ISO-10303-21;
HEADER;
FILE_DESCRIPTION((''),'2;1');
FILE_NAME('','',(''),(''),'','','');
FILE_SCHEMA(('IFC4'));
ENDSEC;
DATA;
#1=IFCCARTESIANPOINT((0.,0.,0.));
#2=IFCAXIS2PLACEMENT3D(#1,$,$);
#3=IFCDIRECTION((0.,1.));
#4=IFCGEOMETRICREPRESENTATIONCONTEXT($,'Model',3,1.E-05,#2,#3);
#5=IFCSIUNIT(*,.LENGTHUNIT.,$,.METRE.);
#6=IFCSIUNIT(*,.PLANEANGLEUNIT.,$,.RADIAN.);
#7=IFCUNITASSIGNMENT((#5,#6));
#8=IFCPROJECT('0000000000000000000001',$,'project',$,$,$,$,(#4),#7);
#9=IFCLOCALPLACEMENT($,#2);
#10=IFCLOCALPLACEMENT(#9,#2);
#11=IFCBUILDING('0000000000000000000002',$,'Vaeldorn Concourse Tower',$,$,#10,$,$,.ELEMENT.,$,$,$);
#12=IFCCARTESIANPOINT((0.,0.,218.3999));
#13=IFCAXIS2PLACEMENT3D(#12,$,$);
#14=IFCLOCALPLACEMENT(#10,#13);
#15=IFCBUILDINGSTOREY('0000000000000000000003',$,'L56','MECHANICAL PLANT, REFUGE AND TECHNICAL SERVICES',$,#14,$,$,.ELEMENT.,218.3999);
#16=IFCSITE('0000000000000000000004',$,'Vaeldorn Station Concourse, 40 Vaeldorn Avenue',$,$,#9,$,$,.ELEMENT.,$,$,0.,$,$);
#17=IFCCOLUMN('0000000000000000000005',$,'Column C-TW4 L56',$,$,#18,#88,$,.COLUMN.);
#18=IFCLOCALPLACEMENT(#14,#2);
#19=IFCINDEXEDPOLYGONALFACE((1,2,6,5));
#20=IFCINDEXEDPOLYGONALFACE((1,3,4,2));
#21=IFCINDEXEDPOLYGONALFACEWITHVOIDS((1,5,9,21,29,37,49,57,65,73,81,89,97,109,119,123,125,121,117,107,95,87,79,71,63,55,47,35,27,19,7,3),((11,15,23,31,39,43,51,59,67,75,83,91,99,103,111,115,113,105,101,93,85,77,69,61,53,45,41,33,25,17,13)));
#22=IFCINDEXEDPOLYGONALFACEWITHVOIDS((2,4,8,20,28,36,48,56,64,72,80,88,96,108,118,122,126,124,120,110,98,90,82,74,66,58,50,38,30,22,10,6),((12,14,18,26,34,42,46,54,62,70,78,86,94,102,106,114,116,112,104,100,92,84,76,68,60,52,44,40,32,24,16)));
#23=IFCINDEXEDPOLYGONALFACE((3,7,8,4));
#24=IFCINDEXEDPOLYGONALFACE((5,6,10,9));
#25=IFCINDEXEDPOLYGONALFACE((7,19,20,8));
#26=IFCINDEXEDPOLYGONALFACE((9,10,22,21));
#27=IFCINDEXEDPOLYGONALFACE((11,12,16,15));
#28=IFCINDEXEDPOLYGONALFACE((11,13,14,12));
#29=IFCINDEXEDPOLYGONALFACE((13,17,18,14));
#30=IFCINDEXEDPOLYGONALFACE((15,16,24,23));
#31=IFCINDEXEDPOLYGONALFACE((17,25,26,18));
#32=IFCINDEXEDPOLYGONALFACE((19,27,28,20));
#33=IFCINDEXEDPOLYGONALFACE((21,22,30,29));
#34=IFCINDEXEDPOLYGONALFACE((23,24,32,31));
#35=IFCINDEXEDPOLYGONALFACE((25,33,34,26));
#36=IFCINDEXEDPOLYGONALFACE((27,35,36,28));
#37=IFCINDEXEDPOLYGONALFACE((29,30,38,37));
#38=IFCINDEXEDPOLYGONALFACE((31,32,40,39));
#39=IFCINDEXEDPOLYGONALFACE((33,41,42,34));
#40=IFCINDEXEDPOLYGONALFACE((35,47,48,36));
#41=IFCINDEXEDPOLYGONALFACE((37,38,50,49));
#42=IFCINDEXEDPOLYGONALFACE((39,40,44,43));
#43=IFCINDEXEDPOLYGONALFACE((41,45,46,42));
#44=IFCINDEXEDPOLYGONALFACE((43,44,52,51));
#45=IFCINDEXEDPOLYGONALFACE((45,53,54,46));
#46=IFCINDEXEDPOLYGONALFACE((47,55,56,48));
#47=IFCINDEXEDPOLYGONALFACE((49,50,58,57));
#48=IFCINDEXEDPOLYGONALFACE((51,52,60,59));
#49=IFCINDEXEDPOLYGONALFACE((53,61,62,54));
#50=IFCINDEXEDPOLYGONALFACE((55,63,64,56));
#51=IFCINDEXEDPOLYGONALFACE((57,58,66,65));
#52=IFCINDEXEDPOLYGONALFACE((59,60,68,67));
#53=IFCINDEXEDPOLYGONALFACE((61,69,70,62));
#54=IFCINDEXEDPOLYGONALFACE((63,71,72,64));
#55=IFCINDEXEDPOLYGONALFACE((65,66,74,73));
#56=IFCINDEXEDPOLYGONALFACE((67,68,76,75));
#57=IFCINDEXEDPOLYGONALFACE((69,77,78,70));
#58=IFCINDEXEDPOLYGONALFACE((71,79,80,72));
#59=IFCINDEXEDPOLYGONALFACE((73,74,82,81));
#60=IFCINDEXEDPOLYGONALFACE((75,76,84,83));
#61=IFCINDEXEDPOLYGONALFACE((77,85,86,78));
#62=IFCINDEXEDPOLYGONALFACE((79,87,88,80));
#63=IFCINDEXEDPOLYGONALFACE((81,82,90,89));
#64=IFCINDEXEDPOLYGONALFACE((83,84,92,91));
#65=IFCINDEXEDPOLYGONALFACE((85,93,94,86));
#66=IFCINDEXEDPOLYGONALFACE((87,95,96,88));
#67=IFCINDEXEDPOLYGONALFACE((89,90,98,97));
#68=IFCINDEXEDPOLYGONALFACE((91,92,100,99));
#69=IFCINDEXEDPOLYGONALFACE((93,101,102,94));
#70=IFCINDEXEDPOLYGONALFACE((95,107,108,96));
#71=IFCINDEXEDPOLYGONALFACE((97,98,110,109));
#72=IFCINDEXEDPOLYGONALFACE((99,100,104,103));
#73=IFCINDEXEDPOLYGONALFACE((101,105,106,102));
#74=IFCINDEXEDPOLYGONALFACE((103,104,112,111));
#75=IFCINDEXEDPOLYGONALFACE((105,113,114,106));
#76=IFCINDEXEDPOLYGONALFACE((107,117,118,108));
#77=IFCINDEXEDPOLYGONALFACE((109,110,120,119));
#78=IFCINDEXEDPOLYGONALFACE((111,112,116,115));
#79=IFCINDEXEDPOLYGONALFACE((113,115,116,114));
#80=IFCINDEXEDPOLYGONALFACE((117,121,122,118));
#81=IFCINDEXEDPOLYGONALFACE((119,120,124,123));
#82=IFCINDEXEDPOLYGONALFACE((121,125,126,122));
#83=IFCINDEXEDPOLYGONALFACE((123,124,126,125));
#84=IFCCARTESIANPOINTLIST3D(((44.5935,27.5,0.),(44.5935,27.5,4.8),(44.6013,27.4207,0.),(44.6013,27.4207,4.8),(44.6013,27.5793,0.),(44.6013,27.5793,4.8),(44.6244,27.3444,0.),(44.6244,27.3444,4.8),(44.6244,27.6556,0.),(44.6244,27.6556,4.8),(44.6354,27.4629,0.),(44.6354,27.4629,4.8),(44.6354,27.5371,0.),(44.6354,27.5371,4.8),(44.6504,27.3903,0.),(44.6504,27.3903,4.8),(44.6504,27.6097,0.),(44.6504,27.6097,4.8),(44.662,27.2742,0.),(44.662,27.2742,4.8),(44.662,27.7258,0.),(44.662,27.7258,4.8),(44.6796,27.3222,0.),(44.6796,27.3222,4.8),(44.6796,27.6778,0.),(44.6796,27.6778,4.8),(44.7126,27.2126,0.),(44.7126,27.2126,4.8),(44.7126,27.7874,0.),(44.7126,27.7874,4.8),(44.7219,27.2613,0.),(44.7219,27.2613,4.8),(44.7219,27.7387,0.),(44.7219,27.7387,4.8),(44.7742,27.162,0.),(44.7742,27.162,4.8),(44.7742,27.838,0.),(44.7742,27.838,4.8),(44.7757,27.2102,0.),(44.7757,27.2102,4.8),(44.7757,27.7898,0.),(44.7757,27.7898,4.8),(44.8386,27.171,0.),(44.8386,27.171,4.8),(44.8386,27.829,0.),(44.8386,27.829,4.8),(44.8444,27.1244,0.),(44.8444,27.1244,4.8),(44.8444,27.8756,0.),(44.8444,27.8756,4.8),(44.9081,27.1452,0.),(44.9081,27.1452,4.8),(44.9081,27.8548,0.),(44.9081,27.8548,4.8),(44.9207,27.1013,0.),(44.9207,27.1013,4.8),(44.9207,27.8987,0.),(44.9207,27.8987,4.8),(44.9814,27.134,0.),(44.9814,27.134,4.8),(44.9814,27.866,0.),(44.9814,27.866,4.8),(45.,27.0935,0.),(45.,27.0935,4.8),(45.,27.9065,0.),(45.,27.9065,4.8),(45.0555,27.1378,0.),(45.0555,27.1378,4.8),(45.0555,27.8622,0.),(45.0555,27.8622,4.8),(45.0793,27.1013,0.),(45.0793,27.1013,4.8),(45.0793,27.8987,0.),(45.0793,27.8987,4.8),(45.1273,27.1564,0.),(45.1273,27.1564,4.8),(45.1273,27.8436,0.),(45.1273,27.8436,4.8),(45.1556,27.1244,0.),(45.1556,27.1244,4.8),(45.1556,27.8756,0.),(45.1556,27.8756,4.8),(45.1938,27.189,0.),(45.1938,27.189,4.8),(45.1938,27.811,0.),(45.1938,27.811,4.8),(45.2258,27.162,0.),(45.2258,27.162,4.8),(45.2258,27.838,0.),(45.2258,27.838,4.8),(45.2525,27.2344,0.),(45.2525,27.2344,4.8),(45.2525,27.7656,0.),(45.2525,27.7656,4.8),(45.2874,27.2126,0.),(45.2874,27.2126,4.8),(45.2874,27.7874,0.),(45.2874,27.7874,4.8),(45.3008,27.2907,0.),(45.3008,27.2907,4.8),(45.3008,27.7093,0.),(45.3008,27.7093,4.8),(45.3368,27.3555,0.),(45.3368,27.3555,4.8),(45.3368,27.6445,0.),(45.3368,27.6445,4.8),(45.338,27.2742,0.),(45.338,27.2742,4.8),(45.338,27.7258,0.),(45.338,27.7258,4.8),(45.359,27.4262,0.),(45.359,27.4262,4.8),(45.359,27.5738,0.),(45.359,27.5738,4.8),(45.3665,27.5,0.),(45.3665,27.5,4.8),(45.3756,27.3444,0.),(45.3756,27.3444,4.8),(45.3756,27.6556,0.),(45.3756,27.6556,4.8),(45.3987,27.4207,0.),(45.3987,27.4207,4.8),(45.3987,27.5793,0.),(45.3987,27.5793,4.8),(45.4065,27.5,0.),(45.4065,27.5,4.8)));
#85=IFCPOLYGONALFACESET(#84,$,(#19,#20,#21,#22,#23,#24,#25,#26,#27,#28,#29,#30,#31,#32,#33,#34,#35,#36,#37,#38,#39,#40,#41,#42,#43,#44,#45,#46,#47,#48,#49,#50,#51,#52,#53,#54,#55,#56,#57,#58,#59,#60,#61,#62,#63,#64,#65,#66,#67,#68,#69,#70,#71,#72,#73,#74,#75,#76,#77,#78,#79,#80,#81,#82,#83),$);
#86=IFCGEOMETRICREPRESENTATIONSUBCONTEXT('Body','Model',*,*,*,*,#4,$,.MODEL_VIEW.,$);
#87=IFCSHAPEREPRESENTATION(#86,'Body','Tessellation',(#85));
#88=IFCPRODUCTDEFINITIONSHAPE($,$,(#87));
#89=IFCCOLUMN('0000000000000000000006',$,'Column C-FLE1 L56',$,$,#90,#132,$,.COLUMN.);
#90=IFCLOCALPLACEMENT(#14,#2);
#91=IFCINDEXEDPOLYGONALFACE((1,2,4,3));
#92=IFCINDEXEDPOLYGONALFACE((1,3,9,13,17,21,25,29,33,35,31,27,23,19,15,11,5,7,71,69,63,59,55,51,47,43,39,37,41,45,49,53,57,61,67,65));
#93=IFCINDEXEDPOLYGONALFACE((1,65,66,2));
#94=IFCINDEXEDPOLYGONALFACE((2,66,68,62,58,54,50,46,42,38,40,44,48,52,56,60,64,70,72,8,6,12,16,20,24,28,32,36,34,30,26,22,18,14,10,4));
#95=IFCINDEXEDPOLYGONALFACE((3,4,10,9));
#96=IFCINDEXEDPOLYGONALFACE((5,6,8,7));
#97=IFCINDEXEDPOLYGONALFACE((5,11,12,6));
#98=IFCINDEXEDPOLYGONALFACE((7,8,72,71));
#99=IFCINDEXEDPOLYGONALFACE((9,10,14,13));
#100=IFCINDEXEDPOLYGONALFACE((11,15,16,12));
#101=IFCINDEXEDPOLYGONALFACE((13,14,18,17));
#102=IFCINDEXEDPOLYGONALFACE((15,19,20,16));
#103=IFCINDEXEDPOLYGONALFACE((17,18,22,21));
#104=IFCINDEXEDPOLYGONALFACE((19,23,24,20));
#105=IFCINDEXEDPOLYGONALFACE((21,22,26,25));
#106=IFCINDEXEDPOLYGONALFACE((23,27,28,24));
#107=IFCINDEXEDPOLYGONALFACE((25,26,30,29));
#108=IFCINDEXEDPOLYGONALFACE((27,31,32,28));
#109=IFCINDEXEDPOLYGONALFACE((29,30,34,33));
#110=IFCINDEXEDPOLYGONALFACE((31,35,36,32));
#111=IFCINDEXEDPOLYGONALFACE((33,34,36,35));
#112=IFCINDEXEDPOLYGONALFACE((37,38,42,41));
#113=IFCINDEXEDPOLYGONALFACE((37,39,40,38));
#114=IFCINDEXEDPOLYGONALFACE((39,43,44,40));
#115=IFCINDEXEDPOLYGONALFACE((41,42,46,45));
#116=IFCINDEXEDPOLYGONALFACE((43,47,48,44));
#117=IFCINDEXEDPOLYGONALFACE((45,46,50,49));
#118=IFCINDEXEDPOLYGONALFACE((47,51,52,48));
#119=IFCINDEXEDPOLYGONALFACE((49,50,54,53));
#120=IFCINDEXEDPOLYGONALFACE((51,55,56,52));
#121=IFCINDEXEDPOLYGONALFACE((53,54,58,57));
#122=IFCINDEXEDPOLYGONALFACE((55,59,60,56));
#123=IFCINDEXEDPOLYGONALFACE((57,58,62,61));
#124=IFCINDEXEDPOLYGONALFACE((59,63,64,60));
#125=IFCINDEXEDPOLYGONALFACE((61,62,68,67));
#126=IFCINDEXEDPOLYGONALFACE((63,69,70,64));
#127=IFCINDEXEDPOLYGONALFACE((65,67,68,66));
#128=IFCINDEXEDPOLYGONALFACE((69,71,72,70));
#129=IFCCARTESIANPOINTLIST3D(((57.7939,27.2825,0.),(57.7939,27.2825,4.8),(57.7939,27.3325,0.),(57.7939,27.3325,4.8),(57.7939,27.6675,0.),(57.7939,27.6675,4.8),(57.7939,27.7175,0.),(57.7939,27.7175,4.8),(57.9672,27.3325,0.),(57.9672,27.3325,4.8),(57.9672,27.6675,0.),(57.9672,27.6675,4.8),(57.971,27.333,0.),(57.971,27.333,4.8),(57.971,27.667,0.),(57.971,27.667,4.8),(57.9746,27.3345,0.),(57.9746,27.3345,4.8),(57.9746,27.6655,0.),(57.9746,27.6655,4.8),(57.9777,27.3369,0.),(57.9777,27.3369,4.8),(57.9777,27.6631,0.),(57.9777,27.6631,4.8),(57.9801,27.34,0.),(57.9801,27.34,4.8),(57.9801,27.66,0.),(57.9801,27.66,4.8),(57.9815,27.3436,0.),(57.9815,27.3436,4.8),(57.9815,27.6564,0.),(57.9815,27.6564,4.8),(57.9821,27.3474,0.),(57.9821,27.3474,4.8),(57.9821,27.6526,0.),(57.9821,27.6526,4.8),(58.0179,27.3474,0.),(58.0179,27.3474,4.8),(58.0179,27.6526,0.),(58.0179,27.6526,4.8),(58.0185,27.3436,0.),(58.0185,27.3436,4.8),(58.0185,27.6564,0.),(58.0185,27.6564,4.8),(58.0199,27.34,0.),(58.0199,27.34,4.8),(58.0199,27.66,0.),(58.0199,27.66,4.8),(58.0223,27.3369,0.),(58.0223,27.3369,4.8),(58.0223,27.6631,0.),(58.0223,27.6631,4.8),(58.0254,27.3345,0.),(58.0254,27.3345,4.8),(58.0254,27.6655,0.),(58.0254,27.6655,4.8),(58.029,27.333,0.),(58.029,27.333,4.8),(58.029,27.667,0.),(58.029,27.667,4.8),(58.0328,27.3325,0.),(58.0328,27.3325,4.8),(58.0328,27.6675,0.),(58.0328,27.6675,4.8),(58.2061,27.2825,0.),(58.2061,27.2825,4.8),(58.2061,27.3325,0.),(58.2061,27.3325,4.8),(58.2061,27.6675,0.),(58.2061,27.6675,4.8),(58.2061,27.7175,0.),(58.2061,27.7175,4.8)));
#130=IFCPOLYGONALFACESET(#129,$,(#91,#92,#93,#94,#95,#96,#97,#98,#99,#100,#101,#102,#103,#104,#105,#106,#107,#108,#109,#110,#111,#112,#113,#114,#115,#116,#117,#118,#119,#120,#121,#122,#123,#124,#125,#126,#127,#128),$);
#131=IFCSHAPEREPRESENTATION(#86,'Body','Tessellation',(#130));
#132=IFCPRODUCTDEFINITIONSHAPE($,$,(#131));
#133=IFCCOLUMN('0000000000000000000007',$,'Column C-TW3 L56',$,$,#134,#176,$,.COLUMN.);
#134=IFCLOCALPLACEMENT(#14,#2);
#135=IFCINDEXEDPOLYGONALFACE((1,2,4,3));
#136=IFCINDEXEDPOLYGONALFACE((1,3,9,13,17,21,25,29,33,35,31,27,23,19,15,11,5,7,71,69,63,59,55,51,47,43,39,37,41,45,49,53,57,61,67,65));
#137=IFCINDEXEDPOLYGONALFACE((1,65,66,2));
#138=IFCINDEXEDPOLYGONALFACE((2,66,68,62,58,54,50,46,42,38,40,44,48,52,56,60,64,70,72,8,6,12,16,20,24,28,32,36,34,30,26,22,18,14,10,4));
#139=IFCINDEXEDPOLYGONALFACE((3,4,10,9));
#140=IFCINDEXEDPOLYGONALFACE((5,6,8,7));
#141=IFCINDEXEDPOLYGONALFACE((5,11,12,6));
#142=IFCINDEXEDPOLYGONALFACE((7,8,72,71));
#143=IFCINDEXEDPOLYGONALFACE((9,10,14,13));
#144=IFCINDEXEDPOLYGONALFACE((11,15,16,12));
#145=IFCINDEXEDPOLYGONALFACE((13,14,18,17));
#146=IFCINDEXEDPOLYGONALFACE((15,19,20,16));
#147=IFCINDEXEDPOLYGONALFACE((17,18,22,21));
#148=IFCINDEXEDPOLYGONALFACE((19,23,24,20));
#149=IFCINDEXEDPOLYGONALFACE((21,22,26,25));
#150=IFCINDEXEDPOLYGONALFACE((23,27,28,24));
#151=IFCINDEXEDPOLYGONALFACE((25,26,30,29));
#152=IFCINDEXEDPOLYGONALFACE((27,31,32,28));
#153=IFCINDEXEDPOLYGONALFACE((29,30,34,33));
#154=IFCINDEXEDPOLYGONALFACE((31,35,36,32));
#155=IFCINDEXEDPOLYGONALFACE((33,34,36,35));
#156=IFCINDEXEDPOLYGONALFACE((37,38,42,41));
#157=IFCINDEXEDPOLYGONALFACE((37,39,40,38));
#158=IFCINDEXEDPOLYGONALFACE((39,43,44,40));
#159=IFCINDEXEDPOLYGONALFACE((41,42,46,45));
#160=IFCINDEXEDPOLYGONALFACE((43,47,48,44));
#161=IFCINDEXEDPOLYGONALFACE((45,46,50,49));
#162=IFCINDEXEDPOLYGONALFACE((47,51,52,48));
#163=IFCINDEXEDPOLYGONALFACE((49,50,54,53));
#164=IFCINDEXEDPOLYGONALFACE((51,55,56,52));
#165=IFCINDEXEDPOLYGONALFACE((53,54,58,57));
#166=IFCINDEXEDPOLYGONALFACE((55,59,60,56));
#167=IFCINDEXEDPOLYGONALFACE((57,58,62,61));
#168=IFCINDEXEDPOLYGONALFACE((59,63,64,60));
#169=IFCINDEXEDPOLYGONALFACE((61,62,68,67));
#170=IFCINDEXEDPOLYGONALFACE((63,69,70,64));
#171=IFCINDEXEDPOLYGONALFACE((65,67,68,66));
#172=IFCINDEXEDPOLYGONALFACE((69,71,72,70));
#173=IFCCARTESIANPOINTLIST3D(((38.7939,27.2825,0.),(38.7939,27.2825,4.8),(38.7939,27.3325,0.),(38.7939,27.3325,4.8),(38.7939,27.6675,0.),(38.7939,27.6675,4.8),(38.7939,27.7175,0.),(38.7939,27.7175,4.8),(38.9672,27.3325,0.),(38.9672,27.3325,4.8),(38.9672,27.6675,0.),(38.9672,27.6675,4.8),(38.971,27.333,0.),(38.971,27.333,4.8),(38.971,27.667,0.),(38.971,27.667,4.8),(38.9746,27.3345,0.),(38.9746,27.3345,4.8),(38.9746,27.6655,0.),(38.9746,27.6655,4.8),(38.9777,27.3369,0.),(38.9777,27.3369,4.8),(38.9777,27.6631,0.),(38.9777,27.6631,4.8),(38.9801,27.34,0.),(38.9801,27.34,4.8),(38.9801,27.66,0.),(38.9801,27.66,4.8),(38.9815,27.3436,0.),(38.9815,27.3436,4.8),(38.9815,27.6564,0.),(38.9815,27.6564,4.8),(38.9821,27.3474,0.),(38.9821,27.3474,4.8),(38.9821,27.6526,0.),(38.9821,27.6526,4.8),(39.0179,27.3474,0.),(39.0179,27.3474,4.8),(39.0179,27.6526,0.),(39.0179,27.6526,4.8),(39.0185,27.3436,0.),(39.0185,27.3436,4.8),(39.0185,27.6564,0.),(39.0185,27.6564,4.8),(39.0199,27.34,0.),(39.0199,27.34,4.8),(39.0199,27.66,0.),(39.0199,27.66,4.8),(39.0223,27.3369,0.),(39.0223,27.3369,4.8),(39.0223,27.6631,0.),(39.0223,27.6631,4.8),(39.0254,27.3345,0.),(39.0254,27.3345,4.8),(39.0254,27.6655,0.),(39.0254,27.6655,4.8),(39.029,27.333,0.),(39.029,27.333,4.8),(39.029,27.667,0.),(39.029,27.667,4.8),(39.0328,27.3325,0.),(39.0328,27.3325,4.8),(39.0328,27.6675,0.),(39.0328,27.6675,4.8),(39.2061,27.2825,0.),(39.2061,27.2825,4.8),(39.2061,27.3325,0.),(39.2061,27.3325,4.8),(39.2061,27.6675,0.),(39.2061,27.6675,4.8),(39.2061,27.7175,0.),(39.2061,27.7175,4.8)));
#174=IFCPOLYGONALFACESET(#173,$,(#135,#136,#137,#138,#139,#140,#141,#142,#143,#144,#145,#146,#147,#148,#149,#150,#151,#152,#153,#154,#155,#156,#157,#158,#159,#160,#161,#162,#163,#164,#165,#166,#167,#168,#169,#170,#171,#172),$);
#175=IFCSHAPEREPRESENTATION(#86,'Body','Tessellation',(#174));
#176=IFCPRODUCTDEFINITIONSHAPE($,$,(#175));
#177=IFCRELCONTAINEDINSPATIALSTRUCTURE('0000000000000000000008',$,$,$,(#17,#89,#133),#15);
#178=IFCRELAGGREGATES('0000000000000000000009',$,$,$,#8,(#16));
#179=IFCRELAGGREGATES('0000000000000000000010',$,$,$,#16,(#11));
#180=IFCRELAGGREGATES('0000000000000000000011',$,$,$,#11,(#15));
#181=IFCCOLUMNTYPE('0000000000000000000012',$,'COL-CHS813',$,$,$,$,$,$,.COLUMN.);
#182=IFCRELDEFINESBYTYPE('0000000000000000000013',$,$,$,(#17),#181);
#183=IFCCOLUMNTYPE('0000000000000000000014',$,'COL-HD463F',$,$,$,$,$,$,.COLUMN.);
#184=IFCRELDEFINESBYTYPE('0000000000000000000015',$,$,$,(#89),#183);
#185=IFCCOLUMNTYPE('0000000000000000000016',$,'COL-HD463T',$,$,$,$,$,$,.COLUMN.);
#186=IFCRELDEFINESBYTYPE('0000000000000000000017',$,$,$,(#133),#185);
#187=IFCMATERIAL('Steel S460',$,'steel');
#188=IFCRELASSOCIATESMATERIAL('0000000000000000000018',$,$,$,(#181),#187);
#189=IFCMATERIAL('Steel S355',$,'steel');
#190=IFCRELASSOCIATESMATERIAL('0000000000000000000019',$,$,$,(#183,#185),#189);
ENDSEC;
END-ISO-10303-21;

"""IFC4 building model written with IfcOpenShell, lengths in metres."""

from ifc_helpers import new_model, si_unit, direction, frame, origin, origin_2d, place, context, subcontext, project, spatial, hollow_circle, i_section, extrude, source, transform, mapped, material, material_profile, profile_set, type_object, element, save


model = new_model("IFC4")

# Units and contexts
model_context = context("Model", 3, precision=1e-05, world=origin(), true_north=direction((0.0, 1.0)))
body_context = subcontext(model_context, "Body", "Model", "MODEL_VIEW")
ifc_project = project(units=[si_unit("LENGTHUNIT", "METRE"), si_unit("PLANEANGLEUNIT", "RADIAN")], contexts=[model_context])

# Site, building, storey
site_placement = place(None, origin())
site = spatial("IfcSite", under=ifc_project, at=site_placement, Name="Vaeldorn Station Concourse, 40 Vaeldorn Avenue", CompositionType="ELEMENT", RefElevation=0.0)
building_placement = place(site_placement, origin())
building = spatial("IfcBuilding", under=site, at=building_placement, Name="Vaeldorn Concourse Tower", CompositionType="ELEMENT")
storey_placement = place(building_placement, frame((0.0, 0.0, 218.3999)))
storey = spatial("IfcBuildingStorey", under=building, at=storey_placement, Name="L56", Description="MECHANICAL PLANT, REFUGE AND TECHNICAL SERVICES", CompositionType="ELEMENT", Elevation=218.3999)

# Columns
ifc_material_1 = material(Name="Steel S460", Category="steel")
ifc_material_profile_1 = material_profile(ifc_material_1, hollow_circle(Radius=0.4065, WallThickness=0.04, at=origin_2d()), Name="CHS 813x40")
ifc_profile_set_1 = profile_set([ifc_material_profile_1], Name="Steel S460")
column_type_1 = type_object("IfcColumnType", Name="COL-CHS813", PredefinedType="COLUMN", material=ifc_profile_set_1)
shared_shape_1 = source(origin(), body_context, "Body", "SweptSolid", [
    extrude(hollow_circle(Radius=0.4065, WallThickness=0.04, at=origin_2d()), origin(), (0.0, 0.0, 1.0), 4.8),
])
column_1_placement = place(storey_placement, frame((45.0, 27.5, 0.0), z_axis=(0.0, 0.0, 1.0), x_axis=(1.0, 0.0, 0.0)))
element("IfcColumn", 1, at=column_1_placement, inside=storey, type_object=column_type_1, Name="Column C-TW4 L56", PredefinedType="COLUMN", context=body_context, shape_type="MappedRepresentation", body=[
    mapped(shared_shape_1, transform((0.0, 0.0, 0.0), scale=1.0)),
])
ifc_material_2 = material(Name="Steel S355", Category="steel")
ifc_material_profile_2 = material_profile(ifc_material_2, i_section(OverallWidth=0.4121, OverallDepth=0.4351, WebThickness=0.0359, FlangeThickness=0.05, FilletRadius=0.0149, at=origin_2d()), Name="HD 400x463")
ifc_profile_set_2 = profile_set([ifc_material_profile_2], Name="Steel S355")
column_type_2 = type_object("IfcColumnType", Name="COL-HD463F", PredefinedType="COLUMN", material=ifc_profile_set_2)
shared_shape_2 = source(origin(), body_context, "Body", "SweptSolid", [
    extrude(i_section(OverallWidth=0.4121, OverallDepth=0.4351, WebThickness=0.0359, FlangeThickness=0.05, FilletRadius=0.0149, at=origin_2d()), origin(), (0.0, 0.0, 1.0), 4.8),
])
column_2_placement = place(storey_placement, frame((58.0, 27.5, 0.0), z_axis=(0.0, 0.0, 1.0), x_axis=(1.0, 0.0, 0.0)))
element("IfcColumn", 2, at=column_2_placement, inside=storey, type_object=column_type_2, Name="Column C-FLE1 L56", PredefinedType="COLUMN", context=body_context, shape_type="MappedRepresentation", body=[
    mapped(shared_shape_2, transform((0.0, 0.0, 0.0), scale=1.0)),
])
ifc_material_profile_3 = material_profile(ifc_material_2, i_section(OverallWidth=0.4121, OverallDepth=0.4351, WebThickness=0.0359, FlangeThickness=0.05, FilletRadius=0.0149, at=origin_2d()), Name="HD 400x463")
ifc_profile_set_3 = profile_set([ifc_material_profile_3], Name="Steel S355")
column_type_3 = type_object("IfcColumnType", Name="COL-HD463T", PredefinedType="COLUMN", material=ifc_profile_set_3)
shared_shape_3 = source(origin(), body_context, "Body", "SweptSolid", [
    extrude(i_section(OverallWidth=0.4121, OverallDepth=0.4351, WebThickness=0.0359, FlangeThickness=0.05, FilletRadius=0.0149, at=origin_2d()), origin(), (0.0, 0.0, 1.0), 4.8),
])
column_3_placement = place(storey_placement, frame((39.0, 27.5, 0.0), z_axis=(0.0, 0.0, 1.0), x_axis=(1.0, 0.0, 0.0)))
element("IfcColumn", 3, at=column_3_placement, inside=storey, type_object=column_type_3, Name="Column C-TW3 L56", PredefinedType="COLUMN", context=body_context, shape_type="MappedRepresentation", body=[
    mapped(shared_shape_3, transform((0.0, 0.0, 0.0), scale=1.0)),
])

save(model, "model.ifc")
